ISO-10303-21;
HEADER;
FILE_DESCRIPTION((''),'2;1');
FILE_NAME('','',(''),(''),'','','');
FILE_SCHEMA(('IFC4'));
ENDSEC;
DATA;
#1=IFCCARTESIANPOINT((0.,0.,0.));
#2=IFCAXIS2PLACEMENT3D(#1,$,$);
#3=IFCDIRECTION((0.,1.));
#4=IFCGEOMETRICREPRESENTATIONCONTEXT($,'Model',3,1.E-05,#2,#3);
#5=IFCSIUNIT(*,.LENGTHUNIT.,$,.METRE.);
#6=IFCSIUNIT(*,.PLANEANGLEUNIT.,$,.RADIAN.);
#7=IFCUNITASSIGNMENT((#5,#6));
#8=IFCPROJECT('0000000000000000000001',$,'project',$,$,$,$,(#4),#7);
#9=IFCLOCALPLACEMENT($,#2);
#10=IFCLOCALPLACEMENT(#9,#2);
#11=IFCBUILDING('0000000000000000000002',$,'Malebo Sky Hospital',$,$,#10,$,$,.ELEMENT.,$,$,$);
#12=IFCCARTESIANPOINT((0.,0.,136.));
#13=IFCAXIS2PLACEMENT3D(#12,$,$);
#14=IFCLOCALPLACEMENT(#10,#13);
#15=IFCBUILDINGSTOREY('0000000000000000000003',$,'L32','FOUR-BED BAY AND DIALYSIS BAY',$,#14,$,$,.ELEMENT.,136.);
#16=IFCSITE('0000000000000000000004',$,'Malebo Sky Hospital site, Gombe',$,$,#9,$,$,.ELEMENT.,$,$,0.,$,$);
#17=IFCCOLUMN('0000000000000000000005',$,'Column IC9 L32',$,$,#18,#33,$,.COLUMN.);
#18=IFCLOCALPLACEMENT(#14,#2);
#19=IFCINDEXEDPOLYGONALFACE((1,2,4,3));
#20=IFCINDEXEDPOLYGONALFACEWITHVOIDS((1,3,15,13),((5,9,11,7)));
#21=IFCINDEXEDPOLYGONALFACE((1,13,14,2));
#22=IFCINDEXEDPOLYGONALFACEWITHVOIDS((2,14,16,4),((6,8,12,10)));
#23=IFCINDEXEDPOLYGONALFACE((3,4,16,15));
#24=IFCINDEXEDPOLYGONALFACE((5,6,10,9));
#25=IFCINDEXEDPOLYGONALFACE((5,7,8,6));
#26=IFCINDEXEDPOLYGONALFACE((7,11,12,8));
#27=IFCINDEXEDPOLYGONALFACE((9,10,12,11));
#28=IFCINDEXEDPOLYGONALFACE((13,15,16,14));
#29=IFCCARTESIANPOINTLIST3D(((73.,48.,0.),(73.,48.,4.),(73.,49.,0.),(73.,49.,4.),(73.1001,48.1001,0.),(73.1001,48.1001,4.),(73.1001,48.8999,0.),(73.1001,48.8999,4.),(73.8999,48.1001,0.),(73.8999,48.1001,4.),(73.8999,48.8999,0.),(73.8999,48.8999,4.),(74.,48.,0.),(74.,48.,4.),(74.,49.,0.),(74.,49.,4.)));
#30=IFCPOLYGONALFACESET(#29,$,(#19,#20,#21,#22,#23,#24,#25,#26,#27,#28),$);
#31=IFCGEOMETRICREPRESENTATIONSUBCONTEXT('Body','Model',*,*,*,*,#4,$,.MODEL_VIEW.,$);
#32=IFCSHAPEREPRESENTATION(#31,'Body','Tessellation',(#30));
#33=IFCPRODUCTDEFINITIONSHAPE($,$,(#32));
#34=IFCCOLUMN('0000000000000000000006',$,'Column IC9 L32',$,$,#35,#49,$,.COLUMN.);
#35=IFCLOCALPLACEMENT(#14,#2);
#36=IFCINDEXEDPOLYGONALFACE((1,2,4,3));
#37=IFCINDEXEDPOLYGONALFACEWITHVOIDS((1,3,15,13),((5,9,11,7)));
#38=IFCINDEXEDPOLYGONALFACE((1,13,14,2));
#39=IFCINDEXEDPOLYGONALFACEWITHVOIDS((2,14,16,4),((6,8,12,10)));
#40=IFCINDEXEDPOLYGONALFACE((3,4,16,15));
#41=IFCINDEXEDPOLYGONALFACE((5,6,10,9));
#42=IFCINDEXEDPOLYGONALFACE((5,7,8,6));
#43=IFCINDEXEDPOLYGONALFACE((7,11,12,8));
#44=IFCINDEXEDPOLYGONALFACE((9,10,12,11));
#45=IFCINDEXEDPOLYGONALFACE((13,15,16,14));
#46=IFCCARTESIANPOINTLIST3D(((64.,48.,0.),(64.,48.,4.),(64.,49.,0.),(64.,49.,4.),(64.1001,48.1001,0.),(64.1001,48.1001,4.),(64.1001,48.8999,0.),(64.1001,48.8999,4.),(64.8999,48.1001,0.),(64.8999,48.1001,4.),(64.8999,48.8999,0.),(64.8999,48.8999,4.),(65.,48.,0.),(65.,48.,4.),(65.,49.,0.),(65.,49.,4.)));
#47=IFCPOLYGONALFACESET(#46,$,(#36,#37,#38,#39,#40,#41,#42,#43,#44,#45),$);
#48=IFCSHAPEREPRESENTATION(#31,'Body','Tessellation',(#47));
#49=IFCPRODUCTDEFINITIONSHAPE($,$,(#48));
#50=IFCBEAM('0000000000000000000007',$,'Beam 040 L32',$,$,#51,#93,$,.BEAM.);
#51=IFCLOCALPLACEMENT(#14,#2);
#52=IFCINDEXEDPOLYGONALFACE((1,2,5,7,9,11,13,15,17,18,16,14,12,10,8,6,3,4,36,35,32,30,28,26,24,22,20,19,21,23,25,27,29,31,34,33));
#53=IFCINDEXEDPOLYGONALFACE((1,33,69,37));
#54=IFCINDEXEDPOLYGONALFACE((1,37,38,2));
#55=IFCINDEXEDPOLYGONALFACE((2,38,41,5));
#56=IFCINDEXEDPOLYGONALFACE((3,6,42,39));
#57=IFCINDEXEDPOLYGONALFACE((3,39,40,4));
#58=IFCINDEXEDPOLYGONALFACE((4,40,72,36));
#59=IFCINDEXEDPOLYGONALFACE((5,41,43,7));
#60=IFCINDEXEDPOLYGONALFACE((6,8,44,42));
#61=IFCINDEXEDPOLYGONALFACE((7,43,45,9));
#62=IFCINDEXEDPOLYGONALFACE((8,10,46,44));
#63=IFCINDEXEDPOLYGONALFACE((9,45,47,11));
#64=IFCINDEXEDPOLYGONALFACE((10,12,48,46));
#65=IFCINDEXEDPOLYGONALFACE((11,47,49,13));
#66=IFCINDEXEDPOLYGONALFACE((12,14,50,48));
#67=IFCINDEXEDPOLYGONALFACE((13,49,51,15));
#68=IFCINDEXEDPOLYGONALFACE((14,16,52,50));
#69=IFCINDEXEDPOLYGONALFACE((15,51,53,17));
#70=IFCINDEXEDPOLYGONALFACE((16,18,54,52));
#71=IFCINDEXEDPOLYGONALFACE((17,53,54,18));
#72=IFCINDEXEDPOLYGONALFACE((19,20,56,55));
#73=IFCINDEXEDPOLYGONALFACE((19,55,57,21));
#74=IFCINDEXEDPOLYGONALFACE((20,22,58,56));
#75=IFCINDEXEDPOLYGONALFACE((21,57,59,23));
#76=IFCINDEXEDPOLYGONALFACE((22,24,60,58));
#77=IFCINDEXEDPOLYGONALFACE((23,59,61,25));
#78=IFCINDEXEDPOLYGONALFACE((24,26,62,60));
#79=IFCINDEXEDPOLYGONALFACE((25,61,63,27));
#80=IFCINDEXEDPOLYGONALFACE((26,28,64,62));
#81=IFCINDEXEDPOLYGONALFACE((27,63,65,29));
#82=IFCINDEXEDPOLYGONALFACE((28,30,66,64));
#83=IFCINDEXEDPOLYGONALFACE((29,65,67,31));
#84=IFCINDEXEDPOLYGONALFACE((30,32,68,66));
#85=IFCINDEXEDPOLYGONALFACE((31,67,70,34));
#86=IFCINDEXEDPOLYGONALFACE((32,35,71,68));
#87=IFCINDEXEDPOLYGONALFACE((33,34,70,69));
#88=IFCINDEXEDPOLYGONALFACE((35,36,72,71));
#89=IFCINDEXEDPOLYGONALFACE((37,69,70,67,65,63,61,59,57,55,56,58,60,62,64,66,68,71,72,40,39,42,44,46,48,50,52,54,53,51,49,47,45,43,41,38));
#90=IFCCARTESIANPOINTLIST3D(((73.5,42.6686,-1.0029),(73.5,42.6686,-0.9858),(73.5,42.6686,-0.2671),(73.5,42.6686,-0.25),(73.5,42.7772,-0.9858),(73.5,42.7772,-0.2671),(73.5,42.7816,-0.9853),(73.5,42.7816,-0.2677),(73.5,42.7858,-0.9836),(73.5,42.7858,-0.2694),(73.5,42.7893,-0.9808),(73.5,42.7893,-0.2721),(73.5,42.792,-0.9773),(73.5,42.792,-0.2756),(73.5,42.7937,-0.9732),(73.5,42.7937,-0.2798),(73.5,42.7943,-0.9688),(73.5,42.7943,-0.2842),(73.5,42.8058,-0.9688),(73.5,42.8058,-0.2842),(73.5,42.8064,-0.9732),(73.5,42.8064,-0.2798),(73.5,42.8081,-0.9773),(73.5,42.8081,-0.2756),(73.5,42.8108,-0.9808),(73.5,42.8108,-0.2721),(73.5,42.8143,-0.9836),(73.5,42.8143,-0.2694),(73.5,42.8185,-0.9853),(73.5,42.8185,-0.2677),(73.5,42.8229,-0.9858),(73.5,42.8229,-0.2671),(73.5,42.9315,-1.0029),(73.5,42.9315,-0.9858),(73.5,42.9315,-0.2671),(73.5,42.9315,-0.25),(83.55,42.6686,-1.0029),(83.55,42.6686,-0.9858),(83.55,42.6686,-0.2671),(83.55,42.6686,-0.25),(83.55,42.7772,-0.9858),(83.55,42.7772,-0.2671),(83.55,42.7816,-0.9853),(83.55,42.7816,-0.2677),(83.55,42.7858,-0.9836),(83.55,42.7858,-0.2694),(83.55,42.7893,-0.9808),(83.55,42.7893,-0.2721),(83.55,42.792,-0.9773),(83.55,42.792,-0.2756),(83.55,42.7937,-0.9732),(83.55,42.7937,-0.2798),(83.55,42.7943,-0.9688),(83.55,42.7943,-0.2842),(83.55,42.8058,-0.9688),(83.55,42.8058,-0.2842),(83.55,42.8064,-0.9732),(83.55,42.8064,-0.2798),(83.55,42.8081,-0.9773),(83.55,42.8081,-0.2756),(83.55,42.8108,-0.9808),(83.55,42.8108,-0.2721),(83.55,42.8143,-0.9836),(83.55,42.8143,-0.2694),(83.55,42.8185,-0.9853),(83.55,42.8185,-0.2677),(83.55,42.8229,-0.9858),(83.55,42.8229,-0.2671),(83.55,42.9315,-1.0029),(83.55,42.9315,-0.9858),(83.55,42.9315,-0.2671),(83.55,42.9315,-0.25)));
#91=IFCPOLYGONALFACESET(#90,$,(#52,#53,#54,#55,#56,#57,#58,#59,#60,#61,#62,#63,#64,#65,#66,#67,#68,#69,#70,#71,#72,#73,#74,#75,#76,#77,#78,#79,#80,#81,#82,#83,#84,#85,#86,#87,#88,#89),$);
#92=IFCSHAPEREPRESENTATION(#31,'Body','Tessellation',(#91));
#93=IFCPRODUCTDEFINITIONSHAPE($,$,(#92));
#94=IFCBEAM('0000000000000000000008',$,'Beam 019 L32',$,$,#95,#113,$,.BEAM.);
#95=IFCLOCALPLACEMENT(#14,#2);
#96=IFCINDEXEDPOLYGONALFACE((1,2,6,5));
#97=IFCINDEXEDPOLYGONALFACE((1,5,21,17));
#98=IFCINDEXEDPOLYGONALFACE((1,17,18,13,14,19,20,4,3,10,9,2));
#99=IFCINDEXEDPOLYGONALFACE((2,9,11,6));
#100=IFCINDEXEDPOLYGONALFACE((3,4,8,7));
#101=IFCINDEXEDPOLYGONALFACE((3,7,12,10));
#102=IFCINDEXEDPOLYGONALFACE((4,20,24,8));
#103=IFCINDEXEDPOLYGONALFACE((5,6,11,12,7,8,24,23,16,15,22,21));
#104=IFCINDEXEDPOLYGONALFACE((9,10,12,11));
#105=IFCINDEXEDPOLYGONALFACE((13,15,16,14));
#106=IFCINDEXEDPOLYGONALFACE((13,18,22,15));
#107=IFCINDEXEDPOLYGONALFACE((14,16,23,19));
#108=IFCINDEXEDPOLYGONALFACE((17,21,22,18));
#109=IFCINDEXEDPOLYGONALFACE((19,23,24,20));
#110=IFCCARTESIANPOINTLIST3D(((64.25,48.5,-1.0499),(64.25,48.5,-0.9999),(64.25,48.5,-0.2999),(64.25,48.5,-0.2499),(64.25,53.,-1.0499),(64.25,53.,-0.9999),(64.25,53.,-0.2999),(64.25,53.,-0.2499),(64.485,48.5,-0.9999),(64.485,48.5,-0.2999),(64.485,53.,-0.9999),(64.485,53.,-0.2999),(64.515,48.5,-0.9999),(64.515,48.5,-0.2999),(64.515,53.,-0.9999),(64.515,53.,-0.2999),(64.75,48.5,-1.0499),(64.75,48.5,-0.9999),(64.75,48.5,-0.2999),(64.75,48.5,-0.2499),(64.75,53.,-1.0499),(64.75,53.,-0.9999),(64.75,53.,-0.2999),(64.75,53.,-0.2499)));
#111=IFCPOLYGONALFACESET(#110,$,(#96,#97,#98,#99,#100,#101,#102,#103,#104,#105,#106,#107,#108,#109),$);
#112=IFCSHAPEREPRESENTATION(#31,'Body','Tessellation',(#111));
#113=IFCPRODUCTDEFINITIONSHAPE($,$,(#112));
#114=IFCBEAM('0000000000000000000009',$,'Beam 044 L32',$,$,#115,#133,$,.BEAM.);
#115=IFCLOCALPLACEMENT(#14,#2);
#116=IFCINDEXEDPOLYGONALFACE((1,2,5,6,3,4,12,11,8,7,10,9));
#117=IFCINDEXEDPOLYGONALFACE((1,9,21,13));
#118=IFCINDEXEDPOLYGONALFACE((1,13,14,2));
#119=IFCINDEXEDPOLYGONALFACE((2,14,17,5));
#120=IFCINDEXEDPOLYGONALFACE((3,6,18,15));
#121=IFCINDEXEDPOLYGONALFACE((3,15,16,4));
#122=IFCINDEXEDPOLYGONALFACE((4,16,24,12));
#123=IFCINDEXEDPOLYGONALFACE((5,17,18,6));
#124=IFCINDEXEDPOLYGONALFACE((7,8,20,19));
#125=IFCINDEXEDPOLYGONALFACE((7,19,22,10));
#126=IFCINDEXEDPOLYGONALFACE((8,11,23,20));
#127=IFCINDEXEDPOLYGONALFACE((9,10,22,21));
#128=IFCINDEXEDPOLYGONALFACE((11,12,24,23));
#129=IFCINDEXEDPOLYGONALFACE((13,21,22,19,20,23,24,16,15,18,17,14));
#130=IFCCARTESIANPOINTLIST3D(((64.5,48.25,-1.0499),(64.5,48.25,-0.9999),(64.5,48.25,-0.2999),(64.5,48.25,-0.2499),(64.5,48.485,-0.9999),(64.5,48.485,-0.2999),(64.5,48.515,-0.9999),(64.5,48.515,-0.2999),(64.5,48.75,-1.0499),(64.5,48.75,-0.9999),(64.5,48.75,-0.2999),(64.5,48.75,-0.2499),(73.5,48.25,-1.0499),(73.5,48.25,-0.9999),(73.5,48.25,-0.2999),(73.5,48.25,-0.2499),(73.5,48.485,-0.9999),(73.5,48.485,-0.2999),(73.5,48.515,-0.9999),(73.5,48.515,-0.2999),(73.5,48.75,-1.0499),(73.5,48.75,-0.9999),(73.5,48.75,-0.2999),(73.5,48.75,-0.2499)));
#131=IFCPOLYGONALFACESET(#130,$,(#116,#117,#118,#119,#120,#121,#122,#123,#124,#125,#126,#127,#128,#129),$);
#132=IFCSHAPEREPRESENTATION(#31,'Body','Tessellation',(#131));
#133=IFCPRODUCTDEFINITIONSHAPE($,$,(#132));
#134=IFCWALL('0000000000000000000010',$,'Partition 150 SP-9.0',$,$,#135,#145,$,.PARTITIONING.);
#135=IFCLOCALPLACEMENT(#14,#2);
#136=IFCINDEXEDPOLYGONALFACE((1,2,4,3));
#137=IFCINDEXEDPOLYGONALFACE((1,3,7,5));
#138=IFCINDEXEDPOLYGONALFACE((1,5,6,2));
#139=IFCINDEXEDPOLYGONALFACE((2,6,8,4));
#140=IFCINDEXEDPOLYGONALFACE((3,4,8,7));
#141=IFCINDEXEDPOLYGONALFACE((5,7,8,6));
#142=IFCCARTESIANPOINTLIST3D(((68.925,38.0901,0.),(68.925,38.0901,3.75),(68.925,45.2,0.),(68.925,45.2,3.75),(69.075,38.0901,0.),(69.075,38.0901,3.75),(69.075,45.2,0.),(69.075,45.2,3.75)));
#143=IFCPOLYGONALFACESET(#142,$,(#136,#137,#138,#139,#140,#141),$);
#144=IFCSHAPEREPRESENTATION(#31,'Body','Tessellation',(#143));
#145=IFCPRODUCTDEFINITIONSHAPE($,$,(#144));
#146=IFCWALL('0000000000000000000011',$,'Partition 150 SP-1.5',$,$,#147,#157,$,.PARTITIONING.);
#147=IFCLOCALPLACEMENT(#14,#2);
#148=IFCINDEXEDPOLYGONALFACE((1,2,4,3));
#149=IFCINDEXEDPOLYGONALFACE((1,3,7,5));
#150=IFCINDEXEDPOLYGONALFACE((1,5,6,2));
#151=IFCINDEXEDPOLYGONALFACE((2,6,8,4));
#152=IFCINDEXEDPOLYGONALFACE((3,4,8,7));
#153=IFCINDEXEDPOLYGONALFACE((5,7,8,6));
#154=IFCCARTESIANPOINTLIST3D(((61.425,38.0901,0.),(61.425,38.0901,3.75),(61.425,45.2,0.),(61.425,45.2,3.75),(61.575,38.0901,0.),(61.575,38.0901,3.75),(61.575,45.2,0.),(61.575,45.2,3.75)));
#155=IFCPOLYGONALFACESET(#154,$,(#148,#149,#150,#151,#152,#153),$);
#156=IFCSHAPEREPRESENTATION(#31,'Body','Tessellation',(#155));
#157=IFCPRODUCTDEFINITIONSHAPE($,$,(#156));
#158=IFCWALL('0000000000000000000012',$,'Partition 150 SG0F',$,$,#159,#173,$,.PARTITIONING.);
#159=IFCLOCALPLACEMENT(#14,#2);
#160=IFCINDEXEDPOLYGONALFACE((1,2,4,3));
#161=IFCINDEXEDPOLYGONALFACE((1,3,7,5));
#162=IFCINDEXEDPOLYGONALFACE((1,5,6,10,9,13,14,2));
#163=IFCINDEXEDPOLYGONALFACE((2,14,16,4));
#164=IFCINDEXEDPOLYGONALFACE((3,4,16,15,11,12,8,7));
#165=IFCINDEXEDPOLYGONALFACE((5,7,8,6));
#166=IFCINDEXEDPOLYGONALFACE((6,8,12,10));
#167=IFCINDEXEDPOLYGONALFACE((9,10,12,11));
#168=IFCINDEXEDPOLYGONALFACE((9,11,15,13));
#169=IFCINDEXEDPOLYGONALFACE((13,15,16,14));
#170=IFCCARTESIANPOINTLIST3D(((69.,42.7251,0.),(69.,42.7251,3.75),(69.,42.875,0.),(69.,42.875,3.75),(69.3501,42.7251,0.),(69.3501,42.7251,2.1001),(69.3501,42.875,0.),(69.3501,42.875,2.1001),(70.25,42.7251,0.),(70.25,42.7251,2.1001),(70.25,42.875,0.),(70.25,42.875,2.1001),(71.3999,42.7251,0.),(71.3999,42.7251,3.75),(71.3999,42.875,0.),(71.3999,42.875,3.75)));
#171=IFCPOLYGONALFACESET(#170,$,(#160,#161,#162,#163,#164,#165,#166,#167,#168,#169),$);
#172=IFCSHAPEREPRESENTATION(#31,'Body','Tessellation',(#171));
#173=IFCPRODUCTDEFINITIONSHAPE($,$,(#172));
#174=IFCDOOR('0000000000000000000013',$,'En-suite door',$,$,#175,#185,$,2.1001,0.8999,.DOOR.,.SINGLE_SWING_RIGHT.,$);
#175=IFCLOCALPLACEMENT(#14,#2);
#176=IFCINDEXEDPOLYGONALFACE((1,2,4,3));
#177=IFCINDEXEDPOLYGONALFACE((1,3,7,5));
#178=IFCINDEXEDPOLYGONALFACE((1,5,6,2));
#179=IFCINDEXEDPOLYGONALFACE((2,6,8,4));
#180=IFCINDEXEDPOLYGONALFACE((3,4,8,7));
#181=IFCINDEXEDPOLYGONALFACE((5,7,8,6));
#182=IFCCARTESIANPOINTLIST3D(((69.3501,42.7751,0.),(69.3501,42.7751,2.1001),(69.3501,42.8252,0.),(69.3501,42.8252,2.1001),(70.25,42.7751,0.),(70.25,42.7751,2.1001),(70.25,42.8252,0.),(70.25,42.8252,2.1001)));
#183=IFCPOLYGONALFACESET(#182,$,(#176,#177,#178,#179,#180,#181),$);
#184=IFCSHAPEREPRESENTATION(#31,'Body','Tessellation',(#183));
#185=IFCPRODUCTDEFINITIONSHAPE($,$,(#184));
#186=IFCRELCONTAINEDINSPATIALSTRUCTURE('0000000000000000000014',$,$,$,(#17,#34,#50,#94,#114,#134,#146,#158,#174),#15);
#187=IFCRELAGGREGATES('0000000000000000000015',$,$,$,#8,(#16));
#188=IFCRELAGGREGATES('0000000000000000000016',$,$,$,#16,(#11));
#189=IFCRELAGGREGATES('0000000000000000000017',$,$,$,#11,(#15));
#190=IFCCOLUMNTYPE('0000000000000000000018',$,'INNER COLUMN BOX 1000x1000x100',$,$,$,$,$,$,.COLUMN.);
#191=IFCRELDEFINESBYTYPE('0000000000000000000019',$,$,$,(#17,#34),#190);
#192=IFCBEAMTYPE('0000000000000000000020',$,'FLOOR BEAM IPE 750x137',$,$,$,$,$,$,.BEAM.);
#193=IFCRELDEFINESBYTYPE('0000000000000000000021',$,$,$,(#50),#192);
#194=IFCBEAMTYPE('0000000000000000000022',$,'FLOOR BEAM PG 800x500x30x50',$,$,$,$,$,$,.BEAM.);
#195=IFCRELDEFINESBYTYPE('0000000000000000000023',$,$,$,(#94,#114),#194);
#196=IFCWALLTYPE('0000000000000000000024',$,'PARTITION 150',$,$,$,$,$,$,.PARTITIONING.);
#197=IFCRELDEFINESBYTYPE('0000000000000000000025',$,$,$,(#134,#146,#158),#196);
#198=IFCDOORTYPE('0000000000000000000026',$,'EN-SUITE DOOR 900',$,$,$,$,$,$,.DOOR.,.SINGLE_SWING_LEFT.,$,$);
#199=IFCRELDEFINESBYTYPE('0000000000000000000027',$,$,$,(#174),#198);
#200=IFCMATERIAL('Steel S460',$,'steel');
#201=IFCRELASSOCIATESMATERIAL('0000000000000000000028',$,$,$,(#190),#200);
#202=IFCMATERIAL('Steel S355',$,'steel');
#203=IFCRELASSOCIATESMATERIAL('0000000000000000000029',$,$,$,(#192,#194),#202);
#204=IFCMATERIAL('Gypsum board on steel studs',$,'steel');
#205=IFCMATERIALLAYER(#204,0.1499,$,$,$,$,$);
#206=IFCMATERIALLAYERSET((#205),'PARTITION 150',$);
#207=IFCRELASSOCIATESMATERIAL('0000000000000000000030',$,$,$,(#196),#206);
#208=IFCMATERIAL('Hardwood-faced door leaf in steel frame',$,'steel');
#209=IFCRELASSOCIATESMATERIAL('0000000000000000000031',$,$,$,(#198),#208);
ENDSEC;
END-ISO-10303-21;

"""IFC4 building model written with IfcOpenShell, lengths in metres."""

from ifc_helpers import new_model, si_unit, direction, frame, frame_2d, origin, origin_2d, place, context, subcontext, project, spatial, rectangle, hollow_rectangle, i_section, extrude, material, layer, layer_set, material_profile, profile_set, type_object, element, fill, save


model = new_model("IFC4")

# Units and contexts
model_context = context("Model", 3, precision=1e-05, world=origin(), true_north=direction((0.0, 1.0)))
body_context = subcontext(model_context, "Body", "Model", "MODEL_VIEW")
ifc_project = project(units=[si_unit("LENGTHUNIT", "METRE"), si_unit("PLANEANGLEUNIT", "RADIAN")], contexts=[model_context])

# Site, building, storey
site_placement = place(None, origin())
site = spatial("IfcSite", under=ifc_project, at=site_placement, Name="Malebo Sky Hospital site, Gombe", CompositionType="ELEMENT", RefElevation=0.0)
building_placement = place(site_placement, origin())
building = spatial("IfcBuilding", under=site, at=building_placement, Name="Malebo Sky Hospital", CompositionType="ELEMENT")
storey_placement = place(building_placement, frame((0.0, 0.0, 136.0)))
storey = spatial("IfcBuildingStorey", under=building, at=storey_placement, Name="L32", Description="FOUR-BED BAY AND DIALYSIS BAY", CompositionType="ELEMENT", Elevation=136.0)

# Columns
ifc_material_1 = material(Name="Steel S460", Category="steel")
ifc_material_profile_1 = material_profile(ifc_material_1, hollow_rectangle(XDim=1.0, YDim=1.0, WallThickness=0.1001, at=origin_2d()), Name="BOX 1000x1000x100")
ifc_profile_set_1 = profile_set([ifc_material_profile_1], Name="Steel S460")
column_type = type_object("IfcColumnType", Name="INNER COLUMN BOX 1000x1000x100", PredefinedType="COLUMN", material=ifc_profile_set_1)
for number, where, z_axis, x_axis, name in (
    (1, (73.5, 48.5, 0.0), (0.0, 0.0, 1.0), (1.0, 0.0, 0.0), "Column IC9 L32"),
    (2, (64.5, 48.5, 0.0), (0.0, 0.0, 1.0), (1.0, 0.0, 0.0), "Column IC9 L32"),
):
    element("IfcColumn", number, at=place(storey_placement, frame(where, z_axis=z_axis, x_axis=x_axis)), inside=storey, type_object=column_type, Name=name, PredefinedType="COLUMN", context=body_context, shape_type="SweptSolid", body=[
        extrude(hollow_rectangle(XDim=1.0, YDim=1.0, WallThickness=0.1001, at=origin_2d()), origin(), (0.0, 0.0, 1.0), 4.0),
    ])

# Beams
ifc_material_2 = material(Name="Steel S355", Category="steel")
ifc_material_profile_2 = material_profile(ifc_material_2, i_section(OverallWidth=0.2629, OverallDepth=0.7529, WebThickness=0.0115, FlangeThickness=0.0171, FilletRadius=0.0171, at=origin_2d()), Name="IPE 750x137")
ifc_profile_set_2 = profile_set([ifc_material_profile_2], Name="Steel S355")
beam_type_1 = type_object("IfcBeamType", Name="FLOOR BEAM IPE 750x137", PredefinedType="BEAM", material=ifc_profile_set_2)
beam_1_placement = place(storey_placement, frame((73.5, 42.8, -0.6265), z_axis=(1.0, 0.0, 0.0), x_axis=(0.0, 1.0, 0.0)))
element("IfcBeam", 3, at=beam_1_placement, inside=storey, type_object=beam_type_1, Name="Beam 040 L32", PredefinedType="BEAM", context=body_context, shape_type="SweptSolid", body=[
    extrude(i_section(OverallWidth=0.2629, OverallDepth=0.7529, WebThickness=0.0115, FlangeThickness=0.0171, FilletRadius=0.0171, at=origin_2d()), origin(), (0.0, 0.0, 1.0), 10.05),
])
ifc_material_profile_3 = material_profile(ifc_material_2, i_section(OverallWidth=0.5, OverallDepth=0.8, WebThickness=0.03, FlangeThickness=0.05, at=origin_2d()), Name="PG 800x500x30x50")
ifc_profile_set_3 = profile_set([ifc_material_profile_3], Name="Steel S355")
beam_type_2 = type_object("IfcBeamType", Name="FLOOR BEAM PG 800x500x30x50", PredefinedType="BEAM", material=ifc_profile_set_3)
beam_2_placement = place(storey_placement, frame((64.5, 48.5, -0.6499), z_axis=(0.0, 1.0, 0.0), x_axis=(-1.0, 0.0, 0.0)))
element("IfcBeam", 4, at=beam_2_placement, inside=storey, type_object=beam_type_2, Name="Beam 019 L32", PredefinedType="BEAM", context=body_context, shape_type="SweptSolid", body=[
    extrude(i_section(OverallWidth=0.5, OverallDepth=0.8, WebThickness=0.03, FlangeThickness=0.05, at=origin_2d()), origin(), (0.0, 0.0, 1.0), 4.5),
])
beam_3_placement = place(storey_placement, frame((64.5, 48.5, -0.6499), z_axis=(1.0, 0.0, 0.0), x_axis=(0.0, 1.0, 0.0)))
element("IfcBeam", 5, at=beam_3_placement, inside=storey, type_object=beam_type_2, Name="Beam 044 L32", PredefinedType="BEAM", context=body_context, shape_type="SweptSolid", body=[
    extrude(i_section(OverallWidth=0.5, OverallDepth=0.8, WebThickness=0.03, FlangeThickness=0.05, at=origin_2d()), origin(), (0.0, 0.0, 1.0), 9.0),
])

# Walls
ifc_material_3 = material(Name="Gypsum board on steel studs", Category="steel")
ifc_layer_1 = layer(ifc_material_3, 0.1499)
ifc_layer_set_1 = layer_set([ifc_layer_1], Name="PARTITION 150")
wall_type_1 = type_object("IfcWallType", Name="PARTITION 150", PredefinedType="PARTITIONING", material=ifc_layer_set_1)
for number, where, z_axis, x_axis, name in (
    (6, (69.0, 45.2, 0.0), (0.0, 0.0, 1.0), (0.0, -1.0, 0.0), "Partition 150 SP-9.0"),
    (7, (61.5, 45.2, 0.0), (0.0, 0.0, 1.0), (0.0, -1.0, 0.0), "Partition 150 SP-1.5"),
):
    element("IfcWall", number, at=place(storey_placement, frame(where, z_axis=z_axis, x_axis=x_axis)), inside=storey, type_object=wall_type_1, Name=name, PredefinedType="PARTITIONING", context=body_context, shape_type="SweptSolid", body=[
        extrude(rectangle(XDim=7.1099, YDim=0.1499, at=frame_2d((3.5549, 0.0))), origin(), (0.0, 0.0, 1.0), 3.75),
    ])

# Wall, opening, door
wall_1_placement = place(storey_placement, frame((71.3999, 42.8, 0.0), z_axis=(0.0, 0.0, 1.0), x_axis=(-1.0, 0.0, 0.0)))
wall_1 = element("IfcWall", 8, at=wall_1_placement, inside=storey, type_object=wall_type_1, Name="Partition 150 SG0F", PredefinedType="PARTITIONING", context=body_context, shape_type="SweptSolid", body=[
    extrude(rectangle(XDim=2.3999, YDim=0.1499, at=frame_2d((1.2, 0.0))), origin(), (0.0, 0.0, 1.0), 3.75),
])
opening_1_placement = place(wall_1_placement, frame((1.1499, 0.0, 0.0)))
opening_1 = element("IfcOpeningElement", 9, at=opening_1_placement, cuts=wall_1, PredefinedType="OPENING", context=body_context, shape_type="SweptSolid", body=[
    extrude(rectangle(XDim=0.8999, YDim=2.1001, at=frame_2d((0.45, 1.05))), frame((0.0, 0.085, 0.0), z_axis=(0.0, -1.0, 0.0), x_axis=(1.0, 0.0, 0.0)), (0.0, 0.0, 1.0), 0.1699),
])
ifc_material_4 = material(Name="Hardwood-faced door leaf in steel frame", Category="steel")
door_type_1 = type_object("IfcDoorType", Name="EN-SUITE DOOR 900", OperationType="SINGLE_SWING_LEFT", PredefinedType="DOOR", material=ifc_material_4)
door_1_placement = place(opening_1_placement, origin())
door_1 = element("IfcDoor", 10, at=door_1_placement, inside=storey, type_object=door_type_1, Name="En-suite door", OperationType="SINGLE_SWING_RIGHT", OverallHeight=2.1001, OverallWidth=0.8999, PredefinedType="DOOR", context=body_context, shape_type="SweptSolid", body=[
    extrude(rectangle(XDim=0.8999, YDim=2.1001, at=frame_2d((0.45, 1.05))), frame((0.0, 0.0249, 0.0), z_axis=(0.0, -1.0, 0.0), x_axis=(1.0, 0.0, 0.0)), (0.0, 0.0, 1.0), 0.05),
])
fill(opening_1, door_1)

save(model, "model.ifc")
